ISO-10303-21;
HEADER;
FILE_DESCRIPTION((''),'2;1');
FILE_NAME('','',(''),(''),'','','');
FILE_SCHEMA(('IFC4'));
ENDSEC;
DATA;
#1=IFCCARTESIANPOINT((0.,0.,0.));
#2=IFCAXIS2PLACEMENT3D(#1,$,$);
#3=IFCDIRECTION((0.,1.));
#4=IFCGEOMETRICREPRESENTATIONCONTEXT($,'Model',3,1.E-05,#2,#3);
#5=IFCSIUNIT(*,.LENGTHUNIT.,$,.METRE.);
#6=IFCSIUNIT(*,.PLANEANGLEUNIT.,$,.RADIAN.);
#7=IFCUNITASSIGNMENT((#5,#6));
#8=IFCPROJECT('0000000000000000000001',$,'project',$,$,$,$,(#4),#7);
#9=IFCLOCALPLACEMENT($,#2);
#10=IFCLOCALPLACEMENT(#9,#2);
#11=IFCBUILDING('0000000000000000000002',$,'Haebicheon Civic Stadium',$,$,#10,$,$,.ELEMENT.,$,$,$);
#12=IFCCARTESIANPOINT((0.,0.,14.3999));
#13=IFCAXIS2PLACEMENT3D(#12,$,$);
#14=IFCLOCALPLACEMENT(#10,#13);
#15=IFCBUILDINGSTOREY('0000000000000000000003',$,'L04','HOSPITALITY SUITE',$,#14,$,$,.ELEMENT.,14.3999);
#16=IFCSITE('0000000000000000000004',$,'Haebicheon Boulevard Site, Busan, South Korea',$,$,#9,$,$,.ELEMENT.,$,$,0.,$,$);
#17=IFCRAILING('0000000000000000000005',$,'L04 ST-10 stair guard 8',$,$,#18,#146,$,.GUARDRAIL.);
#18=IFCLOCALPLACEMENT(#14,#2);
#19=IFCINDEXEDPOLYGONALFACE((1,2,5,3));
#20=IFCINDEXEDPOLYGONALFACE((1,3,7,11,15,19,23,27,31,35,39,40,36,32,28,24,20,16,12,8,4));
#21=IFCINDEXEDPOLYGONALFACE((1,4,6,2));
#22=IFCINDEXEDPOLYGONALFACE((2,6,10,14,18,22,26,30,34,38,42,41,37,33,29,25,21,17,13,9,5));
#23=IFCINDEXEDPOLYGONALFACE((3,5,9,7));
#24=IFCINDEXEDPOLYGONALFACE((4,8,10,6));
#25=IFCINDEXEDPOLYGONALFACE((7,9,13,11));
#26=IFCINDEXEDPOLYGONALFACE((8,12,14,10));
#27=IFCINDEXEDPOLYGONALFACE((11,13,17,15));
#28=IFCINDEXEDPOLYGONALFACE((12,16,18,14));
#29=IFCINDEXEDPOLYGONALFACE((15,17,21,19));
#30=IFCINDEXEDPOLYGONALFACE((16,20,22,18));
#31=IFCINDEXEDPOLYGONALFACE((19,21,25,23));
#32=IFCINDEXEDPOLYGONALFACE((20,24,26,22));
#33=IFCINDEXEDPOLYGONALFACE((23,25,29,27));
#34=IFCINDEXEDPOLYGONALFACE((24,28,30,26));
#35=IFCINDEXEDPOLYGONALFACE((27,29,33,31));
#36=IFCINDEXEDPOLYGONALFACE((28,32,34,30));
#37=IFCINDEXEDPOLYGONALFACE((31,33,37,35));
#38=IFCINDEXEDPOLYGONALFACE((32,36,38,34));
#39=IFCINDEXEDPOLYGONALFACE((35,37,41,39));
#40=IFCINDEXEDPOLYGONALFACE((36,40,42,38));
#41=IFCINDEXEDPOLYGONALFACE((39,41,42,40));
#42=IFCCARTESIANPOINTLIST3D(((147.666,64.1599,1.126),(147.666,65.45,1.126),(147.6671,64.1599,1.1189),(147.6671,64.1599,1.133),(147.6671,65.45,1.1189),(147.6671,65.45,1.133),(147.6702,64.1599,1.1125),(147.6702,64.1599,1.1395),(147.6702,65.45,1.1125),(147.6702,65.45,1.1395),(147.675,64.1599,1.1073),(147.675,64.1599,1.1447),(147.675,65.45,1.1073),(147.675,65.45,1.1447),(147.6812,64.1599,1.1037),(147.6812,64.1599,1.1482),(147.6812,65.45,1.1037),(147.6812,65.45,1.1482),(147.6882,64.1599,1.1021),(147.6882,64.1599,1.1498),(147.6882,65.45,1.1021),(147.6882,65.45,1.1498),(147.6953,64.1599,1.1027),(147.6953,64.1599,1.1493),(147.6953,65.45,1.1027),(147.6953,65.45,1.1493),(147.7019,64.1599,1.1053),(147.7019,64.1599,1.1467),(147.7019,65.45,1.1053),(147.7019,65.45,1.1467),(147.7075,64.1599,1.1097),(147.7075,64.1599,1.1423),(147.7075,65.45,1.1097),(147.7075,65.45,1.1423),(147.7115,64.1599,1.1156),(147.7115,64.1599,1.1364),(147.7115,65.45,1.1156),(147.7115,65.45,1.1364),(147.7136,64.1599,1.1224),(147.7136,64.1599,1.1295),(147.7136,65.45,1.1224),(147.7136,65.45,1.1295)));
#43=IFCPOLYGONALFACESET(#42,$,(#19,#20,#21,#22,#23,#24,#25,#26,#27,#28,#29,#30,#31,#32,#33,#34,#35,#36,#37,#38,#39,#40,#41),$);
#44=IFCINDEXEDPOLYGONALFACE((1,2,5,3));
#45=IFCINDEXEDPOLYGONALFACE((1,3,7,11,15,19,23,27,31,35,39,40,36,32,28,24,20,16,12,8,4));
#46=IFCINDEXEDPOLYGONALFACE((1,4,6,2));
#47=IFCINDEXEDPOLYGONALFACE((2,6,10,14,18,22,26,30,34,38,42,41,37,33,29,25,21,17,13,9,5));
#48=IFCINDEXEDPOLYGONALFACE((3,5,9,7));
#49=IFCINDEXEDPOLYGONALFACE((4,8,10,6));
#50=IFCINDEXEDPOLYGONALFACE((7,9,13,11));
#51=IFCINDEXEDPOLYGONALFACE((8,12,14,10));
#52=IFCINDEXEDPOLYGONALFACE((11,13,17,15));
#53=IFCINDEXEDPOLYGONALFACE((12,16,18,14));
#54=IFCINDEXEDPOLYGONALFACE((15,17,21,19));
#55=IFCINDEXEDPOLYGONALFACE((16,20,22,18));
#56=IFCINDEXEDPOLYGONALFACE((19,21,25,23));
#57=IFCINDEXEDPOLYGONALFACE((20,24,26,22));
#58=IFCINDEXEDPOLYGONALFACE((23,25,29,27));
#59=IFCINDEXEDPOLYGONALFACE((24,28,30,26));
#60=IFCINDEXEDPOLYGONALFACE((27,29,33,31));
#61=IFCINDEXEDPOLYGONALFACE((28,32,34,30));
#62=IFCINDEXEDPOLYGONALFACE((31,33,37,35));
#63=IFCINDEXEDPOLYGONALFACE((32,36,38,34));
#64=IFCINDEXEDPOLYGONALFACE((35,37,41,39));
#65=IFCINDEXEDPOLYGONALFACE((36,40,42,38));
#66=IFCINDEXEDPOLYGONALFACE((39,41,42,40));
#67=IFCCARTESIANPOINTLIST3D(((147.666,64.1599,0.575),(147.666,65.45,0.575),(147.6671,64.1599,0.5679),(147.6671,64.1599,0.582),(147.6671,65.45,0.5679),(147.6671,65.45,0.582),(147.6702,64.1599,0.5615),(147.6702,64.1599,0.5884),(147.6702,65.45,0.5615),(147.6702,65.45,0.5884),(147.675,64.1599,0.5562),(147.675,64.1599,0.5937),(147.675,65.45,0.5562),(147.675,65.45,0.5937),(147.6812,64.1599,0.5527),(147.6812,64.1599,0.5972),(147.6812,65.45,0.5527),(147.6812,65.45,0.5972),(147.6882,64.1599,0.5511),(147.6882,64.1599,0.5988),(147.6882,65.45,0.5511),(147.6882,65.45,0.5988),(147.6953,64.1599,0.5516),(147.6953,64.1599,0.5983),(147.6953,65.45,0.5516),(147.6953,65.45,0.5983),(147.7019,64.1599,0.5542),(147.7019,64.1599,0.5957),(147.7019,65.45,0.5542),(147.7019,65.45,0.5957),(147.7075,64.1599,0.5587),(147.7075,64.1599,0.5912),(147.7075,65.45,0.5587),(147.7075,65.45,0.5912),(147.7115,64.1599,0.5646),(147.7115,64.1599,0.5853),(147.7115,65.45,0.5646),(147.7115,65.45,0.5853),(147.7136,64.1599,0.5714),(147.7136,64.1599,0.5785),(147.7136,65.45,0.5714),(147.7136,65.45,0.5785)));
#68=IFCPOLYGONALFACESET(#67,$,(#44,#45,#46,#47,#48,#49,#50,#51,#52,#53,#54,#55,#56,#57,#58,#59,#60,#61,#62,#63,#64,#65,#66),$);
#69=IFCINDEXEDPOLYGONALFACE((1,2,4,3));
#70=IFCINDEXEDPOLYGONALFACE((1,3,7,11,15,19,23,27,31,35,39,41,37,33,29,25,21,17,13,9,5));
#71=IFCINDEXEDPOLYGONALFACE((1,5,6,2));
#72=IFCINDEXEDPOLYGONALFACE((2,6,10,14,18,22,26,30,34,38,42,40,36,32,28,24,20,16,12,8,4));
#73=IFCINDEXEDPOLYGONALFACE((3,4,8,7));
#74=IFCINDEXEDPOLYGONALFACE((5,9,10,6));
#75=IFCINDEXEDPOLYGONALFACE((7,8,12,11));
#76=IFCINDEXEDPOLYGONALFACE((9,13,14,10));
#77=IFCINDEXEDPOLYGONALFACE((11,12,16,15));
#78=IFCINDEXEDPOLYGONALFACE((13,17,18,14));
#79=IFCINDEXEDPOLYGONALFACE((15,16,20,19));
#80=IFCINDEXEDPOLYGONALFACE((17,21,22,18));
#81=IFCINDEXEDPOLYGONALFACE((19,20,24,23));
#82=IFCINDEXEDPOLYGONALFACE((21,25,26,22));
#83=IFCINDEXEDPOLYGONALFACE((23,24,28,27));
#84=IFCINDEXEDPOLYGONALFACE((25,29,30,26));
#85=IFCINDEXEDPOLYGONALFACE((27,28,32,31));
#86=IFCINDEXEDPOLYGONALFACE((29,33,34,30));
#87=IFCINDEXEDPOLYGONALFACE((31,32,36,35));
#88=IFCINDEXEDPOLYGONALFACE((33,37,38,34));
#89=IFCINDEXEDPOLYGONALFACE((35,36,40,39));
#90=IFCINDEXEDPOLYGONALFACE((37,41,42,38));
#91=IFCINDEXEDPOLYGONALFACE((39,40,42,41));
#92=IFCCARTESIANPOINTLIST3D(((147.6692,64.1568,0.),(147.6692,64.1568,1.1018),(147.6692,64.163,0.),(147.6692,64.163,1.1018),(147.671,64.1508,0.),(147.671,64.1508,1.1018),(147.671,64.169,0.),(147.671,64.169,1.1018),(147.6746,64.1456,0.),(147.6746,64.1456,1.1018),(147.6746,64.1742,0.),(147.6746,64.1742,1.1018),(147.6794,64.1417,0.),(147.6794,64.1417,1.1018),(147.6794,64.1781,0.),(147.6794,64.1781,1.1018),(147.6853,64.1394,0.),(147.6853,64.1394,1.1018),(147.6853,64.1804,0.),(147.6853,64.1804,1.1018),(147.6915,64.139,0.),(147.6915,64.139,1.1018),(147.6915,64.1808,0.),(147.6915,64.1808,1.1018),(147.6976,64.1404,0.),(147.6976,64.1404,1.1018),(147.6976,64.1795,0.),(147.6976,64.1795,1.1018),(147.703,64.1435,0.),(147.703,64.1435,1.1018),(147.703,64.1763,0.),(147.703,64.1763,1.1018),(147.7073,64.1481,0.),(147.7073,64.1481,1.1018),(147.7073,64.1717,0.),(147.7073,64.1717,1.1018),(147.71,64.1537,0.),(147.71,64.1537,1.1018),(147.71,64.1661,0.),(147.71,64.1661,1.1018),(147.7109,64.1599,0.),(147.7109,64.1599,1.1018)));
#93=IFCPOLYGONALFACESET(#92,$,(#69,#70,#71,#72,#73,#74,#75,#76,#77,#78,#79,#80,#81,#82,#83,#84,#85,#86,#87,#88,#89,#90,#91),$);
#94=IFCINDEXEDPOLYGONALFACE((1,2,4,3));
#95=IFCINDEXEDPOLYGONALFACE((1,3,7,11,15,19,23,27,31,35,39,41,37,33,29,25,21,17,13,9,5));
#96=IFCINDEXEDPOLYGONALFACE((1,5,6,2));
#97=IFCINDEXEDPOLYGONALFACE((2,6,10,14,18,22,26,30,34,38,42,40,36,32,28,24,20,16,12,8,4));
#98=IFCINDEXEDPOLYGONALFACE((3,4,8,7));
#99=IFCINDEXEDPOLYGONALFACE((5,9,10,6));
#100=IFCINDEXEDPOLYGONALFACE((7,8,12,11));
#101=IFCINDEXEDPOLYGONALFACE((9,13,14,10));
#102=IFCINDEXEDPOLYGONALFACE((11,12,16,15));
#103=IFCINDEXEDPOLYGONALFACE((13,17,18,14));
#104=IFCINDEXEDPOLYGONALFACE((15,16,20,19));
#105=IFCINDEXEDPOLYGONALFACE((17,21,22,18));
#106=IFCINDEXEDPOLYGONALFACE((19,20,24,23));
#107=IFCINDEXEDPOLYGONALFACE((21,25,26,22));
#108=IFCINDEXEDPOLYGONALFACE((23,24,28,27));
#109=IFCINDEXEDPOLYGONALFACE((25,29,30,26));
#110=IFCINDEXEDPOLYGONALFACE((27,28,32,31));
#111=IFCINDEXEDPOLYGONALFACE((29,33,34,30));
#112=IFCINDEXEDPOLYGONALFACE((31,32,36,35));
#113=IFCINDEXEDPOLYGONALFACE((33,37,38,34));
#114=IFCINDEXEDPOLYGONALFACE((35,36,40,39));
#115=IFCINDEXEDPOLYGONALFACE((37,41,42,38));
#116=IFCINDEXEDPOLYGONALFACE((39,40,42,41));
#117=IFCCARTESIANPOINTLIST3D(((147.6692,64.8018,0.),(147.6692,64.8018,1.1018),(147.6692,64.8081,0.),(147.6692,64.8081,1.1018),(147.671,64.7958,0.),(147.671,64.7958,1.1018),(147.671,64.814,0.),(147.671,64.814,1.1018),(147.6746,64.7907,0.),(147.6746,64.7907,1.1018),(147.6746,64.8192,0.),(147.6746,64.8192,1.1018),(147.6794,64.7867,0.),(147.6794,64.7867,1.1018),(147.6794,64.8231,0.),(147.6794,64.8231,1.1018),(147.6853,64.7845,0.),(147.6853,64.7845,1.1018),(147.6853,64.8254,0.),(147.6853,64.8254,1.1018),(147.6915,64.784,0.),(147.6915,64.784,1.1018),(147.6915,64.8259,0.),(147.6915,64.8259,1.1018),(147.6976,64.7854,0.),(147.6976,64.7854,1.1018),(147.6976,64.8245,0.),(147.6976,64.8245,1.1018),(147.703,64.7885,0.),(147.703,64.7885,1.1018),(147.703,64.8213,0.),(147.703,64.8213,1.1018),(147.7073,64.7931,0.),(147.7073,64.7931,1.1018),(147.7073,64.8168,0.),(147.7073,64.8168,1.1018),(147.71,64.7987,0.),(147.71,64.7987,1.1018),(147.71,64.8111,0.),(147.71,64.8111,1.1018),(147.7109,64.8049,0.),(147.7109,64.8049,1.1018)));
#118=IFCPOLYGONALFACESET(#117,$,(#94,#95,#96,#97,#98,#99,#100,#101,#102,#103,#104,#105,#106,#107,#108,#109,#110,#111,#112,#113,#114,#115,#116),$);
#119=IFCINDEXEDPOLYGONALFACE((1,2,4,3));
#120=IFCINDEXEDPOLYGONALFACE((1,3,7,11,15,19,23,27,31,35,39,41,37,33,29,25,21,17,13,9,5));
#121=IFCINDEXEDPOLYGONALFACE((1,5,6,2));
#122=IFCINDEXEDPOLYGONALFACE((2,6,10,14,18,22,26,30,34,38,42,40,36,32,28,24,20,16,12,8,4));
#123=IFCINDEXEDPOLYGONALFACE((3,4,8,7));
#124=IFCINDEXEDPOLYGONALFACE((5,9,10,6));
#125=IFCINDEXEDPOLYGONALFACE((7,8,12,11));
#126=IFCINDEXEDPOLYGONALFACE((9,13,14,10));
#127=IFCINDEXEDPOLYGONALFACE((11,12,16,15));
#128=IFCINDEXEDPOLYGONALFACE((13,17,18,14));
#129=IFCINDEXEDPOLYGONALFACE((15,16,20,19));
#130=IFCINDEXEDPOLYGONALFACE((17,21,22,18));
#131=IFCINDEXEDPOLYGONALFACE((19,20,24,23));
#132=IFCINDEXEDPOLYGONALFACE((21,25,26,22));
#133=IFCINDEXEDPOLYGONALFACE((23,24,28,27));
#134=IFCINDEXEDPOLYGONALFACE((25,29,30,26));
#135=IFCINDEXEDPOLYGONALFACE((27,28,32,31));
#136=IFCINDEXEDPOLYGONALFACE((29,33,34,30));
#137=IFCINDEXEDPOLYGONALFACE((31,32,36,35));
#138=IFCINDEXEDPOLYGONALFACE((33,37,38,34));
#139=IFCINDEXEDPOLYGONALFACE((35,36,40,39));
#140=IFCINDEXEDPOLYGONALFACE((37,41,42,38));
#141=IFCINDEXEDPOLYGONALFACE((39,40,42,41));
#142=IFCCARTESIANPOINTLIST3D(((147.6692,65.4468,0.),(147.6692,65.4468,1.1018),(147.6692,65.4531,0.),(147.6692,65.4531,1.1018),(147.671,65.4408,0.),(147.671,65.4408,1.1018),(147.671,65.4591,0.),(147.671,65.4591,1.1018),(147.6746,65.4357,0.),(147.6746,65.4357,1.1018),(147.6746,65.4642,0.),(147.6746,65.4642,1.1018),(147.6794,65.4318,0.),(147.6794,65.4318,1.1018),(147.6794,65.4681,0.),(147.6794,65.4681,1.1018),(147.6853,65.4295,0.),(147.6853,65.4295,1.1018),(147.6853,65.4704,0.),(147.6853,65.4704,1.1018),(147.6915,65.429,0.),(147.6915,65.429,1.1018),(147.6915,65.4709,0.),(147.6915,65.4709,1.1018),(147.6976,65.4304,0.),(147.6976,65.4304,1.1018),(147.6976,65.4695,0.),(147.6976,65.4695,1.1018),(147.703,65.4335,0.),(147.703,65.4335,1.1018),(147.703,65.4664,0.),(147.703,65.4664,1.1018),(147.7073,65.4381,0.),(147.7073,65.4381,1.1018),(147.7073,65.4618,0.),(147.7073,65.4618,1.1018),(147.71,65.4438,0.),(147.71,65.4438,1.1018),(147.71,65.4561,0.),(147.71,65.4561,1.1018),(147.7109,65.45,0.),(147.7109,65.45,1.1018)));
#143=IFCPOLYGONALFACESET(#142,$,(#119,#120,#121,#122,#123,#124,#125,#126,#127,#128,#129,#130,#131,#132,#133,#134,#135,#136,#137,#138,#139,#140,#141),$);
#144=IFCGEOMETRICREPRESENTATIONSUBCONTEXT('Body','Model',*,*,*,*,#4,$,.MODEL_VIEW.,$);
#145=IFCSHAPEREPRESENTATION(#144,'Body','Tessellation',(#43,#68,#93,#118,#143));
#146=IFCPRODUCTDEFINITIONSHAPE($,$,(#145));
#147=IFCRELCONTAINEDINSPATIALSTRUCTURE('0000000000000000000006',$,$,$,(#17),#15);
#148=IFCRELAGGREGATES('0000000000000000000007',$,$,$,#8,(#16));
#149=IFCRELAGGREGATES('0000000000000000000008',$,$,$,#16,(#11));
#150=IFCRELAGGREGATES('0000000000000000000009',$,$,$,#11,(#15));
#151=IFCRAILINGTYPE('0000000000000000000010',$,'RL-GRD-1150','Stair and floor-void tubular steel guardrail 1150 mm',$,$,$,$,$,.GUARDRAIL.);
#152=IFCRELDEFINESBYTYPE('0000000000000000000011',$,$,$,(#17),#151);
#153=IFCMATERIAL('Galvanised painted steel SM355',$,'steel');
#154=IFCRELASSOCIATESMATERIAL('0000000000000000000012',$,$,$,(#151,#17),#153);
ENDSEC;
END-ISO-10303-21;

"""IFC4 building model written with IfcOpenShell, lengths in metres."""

from ifc_helpers import new_model, si_unit, direction, frame, origin, origin_2d, place, context, subcontext, project, spatial, circle, extrude, material, type_object, element, save


model = new_model("IFC4")

# Units and contexts
model_context = context("Model", 3, precision=1e-05, world=origin(), true_north=direction((0.0, 1.0)))
body_context = subcontext(model_context, "Body", "Model", "MODEL_VIEW")
ifc_project = project(units=[si_unit("LENGTHUNIT", "METRE"), si_unit("PLANEANGLEUNIT", "RADIAN")], contexts=[model_context])

# Site, building, storey
site_placement = place(None, origin())
site = spatial("IfcSite", under=ifc_project, at=site_placement, Name="Haebicheon Boulevard Site, Busan, South Korea", CompositionType="ELEMENT", RefElevation=0.0)
building_placement = place(site_placement, origin())
building = spatial("IfcBuilding", under=site, at=building_placement, Name="Haebicheon Civic Stadium", CompositionType="ELEMENT")
storey_placement = place(building_placement, frame((0.0, 0.0, 14.3999)))
storey = spatial("IfcBuildingStorey", under=building, at=storey_placement, Name="L04", Description="HOSPITALITY SUITE", CompositionType="ELEMENT", Elevation=14.3999)

# Railing
ifc_material_1 = material(Name="Galvanised painted steel SM355", Category="steel")
railing_type_1 = type_object("IfcRailingType", Name="RL-GRD-1150", Description="Stair and floor-void tubular steel guardrail 1150 mm", PredefinedType="GUARDRAIL", material=ifc_material_1)
for number, where, name in (
    (1, (147.6899, 64.1599, 0.0), "L04 ST-10 stair guard 8"),
):
    element("IfcRailing", number, at=place(storey_placement, frame(where)), inside=storey, type_object=railing_type_1, material=ifc_material_1, Name=name, PredefinedType="GUARDRAIL", context=body_context, shape_type="SweptSolid", body=[
        extrude(circle(Radius=0.0239, at=origin_2d()), frame((0.0, 0.0, 1.126), z_axis=(0.0, 1.0, 0.0), x_axis=(-1.0, 0.0, 0.0)), (0.0, 0.0, 1.0), 1.29),
        extrude(circle(Radius=0.0239, at=origin_2d()), frame((0.0, 0.0, 0.575), z_axis=(0.0, 1.0, 0.0), x_axis=(-1.0, 0.0, 0.0)), (0.0, 0.0, 1.0), 1.29),
        extrude(circle(Radius=0.021, at=origin_2d()), origin(), (0.0, 0.0, 1.0), 1.1018),
        extrude(circle(Radius=0.021, at=origin_2d()), frame((0.0, 0.645, 0.0)), (0.0, 0.0, 1.0), 1.1018),
        extrude(circle(Radius=0.021, at=origin_2d()), frame((0.0, 1.29, 0.0)), (0.0, 0.0, 1.0), 1.1018),
    ])

save(model, "model.ifc")
